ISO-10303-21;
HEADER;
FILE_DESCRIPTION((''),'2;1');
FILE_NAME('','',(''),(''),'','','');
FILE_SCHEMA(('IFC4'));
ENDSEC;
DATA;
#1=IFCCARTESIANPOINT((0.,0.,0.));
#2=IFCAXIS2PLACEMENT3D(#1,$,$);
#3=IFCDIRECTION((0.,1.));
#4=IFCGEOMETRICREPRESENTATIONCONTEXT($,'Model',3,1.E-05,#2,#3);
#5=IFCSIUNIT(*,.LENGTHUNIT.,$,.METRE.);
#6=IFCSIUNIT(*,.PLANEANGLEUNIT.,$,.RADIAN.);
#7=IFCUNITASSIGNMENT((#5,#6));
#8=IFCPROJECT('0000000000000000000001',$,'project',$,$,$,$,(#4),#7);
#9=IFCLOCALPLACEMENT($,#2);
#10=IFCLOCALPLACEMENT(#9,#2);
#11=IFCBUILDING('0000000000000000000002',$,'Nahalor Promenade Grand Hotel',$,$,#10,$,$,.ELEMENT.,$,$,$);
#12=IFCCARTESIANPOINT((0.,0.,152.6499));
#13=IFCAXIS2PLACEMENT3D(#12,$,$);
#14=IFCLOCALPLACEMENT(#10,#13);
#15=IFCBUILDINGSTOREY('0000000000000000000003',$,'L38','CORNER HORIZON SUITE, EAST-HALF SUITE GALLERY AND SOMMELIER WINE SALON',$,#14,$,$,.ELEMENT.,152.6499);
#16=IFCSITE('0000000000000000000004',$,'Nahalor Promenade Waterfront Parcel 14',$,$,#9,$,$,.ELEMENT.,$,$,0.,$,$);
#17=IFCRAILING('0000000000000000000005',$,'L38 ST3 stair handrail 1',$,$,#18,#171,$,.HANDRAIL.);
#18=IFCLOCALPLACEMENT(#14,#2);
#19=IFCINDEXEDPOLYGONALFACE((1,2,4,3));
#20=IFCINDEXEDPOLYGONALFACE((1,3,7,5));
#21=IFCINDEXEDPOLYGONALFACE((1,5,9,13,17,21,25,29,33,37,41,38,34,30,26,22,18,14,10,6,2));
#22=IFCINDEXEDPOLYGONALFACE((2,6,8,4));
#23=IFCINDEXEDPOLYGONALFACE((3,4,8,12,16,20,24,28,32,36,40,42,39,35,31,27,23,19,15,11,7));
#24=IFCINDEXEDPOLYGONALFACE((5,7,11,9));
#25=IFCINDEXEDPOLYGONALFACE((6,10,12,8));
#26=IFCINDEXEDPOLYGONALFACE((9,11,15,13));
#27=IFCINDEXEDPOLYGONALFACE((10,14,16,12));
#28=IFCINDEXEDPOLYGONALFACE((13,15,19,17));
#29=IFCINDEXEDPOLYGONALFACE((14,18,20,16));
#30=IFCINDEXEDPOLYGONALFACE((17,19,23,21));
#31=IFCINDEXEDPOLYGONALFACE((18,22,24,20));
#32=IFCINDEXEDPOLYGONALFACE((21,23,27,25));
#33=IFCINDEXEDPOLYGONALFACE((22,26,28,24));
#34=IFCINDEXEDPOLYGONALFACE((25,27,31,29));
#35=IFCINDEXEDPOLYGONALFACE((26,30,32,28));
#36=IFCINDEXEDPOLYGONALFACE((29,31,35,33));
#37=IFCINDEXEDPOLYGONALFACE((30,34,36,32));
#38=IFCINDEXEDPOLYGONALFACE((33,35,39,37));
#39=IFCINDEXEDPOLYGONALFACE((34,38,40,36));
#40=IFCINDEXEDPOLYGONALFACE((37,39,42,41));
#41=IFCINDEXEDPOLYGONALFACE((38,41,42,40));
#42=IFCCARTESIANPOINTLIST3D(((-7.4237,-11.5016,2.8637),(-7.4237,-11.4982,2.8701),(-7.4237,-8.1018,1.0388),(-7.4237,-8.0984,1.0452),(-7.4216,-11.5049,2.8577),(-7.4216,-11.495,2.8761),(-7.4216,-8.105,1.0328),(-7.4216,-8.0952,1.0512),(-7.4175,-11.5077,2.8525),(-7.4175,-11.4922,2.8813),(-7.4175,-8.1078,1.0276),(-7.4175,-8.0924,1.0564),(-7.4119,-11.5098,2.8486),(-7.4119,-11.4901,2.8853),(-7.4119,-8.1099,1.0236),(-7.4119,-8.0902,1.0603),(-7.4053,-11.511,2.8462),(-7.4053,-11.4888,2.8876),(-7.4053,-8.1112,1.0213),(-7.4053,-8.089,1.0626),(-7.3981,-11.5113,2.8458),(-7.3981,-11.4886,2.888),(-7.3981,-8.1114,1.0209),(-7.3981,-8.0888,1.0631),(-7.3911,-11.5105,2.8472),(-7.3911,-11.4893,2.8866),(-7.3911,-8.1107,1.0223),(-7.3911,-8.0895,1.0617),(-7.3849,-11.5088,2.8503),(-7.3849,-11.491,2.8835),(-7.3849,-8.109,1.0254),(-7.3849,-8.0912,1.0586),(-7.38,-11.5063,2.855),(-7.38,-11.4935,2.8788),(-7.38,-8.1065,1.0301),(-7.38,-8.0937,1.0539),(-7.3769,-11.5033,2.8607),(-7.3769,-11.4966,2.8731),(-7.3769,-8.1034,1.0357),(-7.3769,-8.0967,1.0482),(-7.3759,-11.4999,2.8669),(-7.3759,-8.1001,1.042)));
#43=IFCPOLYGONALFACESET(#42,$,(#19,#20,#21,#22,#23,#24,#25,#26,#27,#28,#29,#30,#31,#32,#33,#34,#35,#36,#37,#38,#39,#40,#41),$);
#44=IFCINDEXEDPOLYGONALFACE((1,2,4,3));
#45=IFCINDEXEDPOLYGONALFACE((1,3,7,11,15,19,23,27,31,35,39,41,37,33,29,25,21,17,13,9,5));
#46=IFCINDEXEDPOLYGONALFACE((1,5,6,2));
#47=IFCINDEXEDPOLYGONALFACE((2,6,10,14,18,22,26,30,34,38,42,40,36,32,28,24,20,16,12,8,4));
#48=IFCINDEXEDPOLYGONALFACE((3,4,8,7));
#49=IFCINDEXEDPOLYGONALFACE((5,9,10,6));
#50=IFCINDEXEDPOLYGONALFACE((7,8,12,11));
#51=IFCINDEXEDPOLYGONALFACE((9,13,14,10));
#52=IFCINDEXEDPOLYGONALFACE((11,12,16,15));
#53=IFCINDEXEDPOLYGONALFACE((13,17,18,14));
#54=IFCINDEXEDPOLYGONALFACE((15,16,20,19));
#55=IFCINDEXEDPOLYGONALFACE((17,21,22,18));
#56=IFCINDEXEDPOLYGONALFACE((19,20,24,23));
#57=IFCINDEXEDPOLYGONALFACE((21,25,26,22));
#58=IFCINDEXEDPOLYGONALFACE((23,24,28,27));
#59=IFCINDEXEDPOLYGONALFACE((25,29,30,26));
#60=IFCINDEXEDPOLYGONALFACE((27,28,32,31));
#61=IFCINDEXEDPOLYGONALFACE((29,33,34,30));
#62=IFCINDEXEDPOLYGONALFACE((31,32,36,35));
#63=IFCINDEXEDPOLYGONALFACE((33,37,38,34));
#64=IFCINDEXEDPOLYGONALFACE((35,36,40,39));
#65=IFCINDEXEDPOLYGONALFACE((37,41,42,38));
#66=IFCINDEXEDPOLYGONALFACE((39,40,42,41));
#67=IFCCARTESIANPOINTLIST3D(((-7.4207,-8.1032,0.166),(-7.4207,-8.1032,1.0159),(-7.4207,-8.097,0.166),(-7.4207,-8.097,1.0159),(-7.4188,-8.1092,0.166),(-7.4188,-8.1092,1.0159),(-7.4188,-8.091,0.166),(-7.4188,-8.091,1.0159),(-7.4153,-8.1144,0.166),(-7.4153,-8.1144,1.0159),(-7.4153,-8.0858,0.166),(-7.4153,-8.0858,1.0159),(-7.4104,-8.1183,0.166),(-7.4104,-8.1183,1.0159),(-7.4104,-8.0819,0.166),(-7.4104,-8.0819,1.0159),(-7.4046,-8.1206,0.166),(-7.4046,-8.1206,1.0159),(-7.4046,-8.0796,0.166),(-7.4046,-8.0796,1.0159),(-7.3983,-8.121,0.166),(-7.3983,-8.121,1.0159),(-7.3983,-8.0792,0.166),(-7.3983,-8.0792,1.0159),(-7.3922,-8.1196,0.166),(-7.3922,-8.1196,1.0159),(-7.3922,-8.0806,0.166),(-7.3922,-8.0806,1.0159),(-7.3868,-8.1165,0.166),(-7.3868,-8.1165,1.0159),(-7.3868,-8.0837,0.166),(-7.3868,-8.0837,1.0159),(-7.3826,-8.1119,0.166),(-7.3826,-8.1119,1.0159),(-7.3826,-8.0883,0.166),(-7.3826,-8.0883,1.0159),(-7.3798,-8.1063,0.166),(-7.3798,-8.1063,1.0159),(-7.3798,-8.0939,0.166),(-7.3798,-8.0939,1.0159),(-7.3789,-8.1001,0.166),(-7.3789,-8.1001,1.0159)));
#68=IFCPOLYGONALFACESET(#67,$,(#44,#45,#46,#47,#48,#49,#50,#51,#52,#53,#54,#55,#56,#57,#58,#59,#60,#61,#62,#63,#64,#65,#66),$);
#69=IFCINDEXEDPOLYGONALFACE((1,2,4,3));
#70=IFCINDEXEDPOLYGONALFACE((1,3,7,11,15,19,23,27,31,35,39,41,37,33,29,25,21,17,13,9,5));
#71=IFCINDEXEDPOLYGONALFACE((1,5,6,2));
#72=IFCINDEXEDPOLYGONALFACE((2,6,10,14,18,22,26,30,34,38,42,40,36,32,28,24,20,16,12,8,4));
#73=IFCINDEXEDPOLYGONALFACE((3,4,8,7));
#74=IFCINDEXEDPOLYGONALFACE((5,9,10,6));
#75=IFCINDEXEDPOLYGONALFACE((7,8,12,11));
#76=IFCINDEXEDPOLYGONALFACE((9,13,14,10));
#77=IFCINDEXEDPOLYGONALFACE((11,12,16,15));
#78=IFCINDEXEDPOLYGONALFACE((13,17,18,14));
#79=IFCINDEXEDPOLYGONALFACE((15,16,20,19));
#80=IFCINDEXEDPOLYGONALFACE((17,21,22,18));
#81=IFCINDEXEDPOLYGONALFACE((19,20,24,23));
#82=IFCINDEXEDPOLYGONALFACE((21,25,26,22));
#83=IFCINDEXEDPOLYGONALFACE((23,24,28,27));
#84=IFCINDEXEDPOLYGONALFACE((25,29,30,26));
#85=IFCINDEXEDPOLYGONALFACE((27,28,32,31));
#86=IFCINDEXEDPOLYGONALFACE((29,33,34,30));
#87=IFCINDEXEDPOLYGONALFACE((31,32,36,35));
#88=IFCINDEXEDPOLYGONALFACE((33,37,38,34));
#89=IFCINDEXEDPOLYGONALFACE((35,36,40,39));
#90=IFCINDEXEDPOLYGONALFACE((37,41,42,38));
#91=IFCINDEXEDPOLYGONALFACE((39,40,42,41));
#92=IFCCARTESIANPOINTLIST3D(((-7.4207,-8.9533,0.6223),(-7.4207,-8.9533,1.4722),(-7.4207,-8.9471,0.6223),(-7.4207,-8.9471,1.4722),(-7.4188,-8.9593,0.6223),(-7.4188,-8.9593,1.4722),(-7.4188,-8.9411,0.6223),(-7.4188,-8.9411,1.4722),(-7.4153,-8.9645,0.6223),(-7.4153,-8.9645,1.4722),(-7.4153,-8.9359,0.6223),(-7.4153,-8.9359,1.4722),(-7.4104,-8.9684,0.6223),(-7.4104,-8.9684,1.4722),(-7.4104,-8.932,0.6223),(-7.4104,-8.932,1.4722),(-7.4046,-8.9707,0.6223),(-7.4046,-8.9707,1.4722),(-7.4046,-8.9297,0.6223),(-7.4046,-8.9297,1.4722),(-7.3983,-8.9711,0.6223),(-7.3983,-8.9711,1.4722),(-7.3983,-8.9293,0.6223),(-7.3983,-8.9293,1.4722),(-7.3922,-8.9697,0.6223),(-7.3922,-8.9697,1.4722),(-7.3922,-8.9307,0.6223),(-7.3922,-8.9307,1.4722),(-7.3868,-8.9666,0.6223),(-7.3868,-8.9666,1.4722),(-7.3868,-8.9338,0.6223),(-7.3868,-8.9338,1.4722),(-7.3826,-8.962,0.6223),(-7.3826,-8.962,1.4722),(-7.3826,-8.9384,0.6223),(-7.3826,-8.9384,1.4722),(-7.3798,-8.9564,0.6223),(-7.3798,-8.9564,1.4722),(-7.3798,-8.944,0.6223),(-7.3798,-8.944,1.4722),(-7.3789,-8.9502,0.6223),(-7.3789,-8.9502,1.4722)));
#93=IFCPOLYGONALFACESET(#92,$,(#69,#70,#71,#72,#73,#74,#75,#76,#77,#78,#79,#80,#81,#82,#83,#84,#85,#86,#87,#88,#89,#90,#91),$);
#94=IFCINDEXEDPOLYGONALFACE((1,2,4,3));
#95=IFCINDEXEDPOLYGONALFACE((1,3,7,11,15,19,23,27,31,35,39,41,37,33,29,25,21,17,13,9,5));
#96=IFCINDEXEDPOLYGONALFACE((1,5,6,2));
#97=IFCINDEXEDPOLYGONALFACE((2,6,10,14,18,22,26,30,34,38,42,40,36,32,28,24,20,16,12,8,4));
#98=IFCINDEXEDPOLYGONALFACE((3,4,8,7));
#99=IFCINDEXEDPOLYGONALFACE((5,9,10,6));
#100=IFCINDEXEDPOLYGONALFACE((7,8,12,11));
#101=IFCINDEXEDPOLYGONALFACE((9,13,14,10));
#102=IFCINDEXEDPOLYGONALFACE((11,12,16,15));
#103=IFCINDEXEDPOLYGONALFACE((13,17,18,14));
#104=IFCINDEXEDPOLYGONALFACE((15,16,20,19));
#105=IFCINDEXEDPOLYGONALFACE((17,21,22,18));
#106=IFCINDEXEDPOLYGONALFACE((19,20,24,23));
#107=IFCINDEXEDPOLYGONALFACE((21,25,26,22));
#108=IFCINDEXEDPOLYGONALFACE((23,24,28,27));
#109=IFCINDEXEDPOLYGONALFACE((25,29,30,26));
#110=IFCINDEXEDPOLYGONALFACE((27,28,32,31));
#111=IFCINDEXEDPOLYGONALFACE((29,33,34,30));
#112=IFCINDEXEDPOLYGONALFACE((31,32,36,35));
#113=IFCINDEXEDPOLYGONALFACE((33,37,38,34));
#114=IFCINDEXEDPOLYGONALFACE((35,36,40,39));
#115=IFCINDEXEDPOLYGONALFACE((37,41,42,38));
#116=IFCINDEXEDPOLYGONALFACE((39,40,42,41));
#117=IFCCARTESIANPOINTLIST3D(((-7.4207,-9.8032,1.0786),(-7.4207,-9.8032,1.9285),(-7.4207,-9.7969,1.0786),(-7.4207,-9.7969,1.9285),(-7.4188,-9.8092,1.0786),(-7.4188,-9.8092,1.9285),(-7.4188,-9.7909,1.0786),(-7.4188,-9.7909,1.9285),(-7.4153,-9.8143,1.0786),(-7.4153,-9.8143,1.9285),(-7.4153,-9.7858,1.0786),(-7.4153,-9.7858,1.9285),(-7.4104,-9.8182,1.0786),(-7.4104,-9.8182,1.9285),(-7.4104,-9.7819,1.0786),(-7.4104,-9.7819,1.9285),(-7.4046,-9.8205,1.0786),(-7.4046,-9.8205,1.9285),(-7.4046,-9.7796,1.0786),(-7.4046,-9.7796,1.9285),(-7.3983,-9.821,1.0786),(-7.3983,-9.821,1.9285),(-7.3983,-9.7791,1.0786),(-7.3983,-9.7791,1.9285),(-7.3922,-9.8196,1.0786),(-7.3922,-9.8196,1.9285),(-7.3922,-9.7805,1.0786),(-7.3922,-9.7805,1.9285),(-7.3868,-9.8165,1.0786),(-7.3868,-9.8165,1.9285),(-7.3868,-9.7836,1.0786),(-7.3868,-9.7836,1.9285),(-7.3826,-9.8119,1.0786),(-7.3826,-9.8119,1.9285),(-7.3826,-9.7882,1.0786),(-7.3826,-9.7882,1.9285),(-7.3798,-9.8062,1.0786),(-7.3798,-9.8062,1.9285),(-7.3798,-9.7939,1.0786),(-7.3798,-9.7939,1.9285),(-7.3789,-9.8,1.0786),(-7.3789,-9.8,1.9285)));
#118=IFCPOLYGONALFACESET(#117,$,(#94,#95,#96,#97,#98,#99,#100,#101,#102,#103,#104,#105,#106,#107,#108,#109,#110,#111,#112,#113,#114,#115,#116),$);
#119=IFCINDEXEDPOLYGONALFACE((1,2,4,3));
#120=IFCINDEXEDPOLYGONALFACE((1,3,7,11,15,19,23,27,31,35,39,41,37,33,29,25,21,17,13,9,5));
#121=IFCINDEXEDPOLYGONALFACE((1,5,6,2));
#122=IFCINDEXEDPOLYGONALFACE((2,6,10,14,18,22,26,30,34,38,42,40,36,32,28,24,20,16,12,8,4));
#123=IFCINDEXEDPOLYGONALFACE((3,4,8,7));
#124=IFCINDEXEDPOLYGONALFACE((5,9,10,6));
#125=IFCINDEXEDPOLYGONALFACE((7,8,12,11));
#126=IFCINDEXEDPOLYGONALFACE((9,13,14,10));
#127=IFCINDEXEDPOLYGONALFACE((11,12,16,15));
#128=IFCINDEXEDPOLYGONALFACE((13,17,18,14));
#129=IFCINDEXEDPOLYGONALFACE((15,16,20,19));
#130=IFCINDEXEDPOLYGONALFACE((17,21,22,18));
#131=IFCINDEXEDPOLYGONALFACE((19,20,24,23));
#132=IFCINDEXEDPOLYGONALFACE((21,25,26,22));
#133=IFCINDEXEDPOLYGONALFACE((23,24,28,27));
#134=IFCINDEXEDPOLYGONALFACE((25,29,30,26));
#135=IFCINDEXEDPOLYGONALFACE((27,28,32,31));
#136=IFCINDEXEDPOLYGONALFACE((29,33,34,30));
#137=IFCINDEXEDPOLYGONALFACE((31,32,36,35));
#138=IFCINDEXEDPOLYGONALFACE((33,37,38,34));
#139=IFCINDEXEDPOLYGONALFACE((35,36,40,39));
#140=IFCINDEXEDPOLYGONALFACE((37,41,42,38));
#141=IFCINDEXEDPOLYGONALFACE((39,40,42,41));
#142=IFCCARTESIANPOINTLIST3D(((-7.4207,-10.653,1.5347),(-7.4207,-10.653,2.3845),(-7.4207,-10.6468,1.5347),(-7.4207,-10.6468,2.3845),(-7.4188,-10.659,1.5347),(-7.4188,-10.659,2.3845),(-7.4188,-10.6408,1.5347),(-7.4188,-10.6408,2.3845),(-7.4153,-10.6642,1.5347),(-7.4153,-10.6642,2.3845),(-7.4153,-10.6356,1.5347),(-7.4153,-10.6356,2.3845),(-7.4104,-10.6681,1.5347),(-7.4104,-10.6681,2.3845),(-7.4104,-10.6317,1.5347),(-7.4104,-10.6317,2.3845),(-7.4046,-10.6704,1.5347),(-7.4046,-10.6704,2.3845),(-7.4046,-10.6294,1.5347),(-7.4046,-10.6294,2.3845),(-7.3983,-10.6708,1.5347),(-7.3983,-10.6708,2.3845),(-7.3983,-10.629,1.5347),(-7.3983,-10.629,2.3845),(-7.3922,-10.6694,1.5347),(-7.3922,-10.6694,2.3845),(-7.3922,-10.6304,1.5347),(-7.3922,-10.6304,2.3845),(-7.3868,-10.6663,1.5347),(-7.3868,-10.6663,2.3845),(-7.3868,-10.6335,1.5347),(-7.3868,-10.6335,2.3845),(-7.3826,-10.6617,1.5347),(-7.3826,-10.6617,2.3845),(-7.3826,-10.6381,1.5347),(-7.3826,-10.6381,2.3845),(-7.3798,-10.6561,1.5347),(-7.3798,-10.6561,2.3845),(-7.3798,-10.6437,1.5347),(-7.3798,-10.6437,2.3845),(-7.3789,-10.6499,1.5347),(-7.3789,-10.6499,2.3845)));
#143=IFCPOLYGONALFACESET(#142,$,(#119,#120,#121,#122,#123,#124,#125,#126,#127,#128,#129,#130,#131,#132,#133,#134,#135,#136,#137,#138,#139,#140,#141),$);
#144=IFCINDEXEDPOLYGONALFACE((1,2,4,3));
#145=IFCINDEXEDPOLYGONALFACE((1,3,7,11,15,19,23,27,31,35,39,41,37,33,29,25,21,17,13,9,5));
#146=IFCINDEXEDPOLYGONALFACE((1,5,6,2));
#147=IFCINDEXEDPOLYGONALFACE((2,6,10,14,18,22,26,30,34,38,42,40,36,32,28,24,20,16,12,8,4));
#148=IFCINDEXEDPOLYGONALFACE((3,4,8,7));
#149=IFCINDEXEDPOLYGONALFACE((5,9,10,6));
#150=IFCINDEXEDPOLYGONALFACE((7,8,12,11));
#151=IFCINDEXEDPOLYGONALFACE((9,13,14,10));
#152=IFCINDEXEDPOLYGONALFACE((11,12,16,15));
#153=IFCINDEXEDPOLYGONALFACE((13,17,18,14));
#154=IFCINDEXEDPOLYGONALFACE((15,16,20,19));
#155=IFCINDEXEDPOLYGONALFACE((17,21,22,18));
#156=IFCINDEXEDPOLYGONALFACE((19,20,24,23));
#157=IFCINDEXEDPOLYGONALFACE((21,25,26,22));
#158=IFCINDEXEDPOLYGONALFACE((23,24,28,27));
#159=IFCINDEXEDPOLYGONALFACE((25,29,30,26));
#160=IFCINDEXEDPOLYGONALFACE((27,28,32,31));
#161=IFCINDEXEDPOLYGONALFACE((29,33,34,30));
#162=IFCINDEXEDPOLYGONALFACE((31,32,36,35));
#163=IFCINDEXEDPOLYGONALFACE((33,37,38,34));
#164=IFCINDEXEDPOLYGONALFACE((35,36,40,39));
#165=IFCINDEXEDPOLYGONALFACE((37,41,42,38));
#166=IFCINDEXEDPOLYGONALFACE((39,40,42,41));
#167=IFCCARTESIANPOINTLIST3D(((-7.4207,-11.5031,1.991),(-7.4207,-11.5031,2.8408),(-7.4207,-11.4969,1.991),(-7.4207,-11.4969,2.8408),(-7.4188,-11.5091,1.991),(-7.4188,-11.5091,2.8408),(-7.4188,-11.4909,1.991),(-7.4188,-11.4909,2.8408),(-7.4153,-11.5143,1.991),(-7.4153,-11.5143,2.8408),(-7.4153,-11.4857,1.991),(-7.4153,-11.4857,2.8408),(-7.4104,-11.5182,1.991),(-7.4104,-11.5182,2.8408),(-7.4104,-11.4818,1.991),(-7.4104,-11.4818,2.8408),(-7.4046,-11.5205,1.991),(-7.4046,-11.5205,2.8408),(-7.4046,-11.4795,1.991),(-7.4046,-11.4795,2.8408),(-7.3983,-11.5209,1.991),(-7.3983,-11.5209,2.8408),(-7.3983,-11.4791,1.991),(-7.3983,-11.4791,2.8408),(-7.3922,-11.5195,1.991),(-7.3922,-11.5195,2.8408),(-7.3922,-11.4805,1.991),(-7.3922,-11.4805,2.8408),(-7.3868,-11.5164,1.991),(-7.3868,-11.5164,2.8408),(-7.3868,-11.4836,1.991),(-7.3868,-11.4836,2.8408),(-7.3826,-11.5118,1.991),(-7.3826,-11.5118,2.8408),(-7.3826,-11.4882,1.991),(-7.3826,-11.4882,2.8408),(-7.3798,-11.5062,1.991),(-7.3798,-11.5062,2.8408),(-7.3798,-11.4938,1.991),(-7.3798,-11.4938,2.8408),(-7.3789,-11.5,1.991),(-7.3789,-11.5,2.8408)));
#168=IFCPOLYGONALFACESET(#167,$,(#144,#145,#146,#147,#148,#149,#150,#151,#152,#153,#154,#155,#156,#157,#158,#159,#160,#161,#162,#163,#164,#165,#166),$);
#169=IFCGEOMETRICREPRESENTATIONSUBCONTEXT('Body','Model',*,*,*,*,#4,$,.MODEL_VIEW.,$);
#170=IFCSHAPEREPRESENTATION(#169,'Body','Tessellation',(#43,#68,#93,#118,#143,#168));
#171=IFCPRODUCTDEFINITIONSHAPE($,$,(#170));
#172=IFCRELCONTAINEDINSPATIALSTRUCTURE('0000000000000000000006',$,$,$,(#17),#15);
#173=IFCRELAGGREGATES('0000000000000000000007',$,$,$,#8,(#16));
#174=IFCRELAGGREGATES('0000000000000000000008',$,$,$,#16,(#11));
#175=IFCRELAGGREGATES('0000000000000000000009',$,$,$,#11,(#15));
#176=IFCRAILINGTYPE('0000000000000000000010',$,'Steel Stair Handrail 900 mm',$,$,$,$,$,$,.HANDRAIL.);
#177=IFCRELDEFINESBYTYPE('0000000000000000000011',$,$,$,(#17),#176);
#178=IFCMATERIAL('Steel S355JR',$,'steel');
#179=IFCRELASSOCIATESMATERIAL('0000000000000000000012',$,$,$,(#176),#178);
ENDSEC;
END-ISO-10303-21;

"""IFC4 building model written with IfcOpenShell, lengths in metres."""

from ifc_helpers import new_model, si_unit, direction, frame, origin, origin_2d, place, context, subcontext, project, spatial, circle, extrude, material, type_object, element, save


model = new_model("IFC4")

# Units and contexts
model_context = context("Model", 3, precision=1e-05, world=origin(), true_north=direction((0.0, 1.0)))
body_context = subcontext(model_context, "Body", "Model", "MODEL_VIEW")
ifc_project = project(units=[si_unit("LENGTHUNIT", "METRE"), si_unit("PLANEANGLEUNIT", "RADIAN")], contexts=[model_context])

# Site, building, storey
site_placement = place(None, origin())
site = spatial("IfcSite", under=ifc_project, at=site_placement, Name="Nahalor Promenade Waterfront Parcel 14", CompositionType="ELEMENT", RefElevation=0.0)
building_placement = place(site_placement, origin())
building = spatial("IfcBuilding", under=site, at=building_placement, Name="Nahalor Promenade Grand Hotel", CompositionType="ELEMENT")
storey_placement = place(building_placement, frame((0.0, 0.0, 152.6499)))
storey = spatial("IfcBuildingStorey", under=building, at=storey_placement, Name="L38", Description="CORNER HORIZON SUITE, EAST-HALF SUITE GALLERY AND SOMMELIER WINE SALON", CompositionType="ELEMENT", Elevation=152.6499)

# Shared definitions
ifc_material_1 = material(Name="Steel S355JR", Category="steel")

# Railing
railing_type_1 = type_object("IfcRailingType", Name="Steel Stair Handrail 900 mm", PredefinedType="HANDRAIL", material=ifc_material_1)
railing_1_placement = place(storey_placement, frame((-7.3999, -8.1001, 0.166)))
element("IfcRailing", 1, at=railing_1_placement, inside=storey, type_object=railing_type_1, Name="L38 ST3 stair handrail 1", PredefinedType="HANDRAIL", context=body_context, shape_type="SweptSolid", body=[
    extrude(circle(Radius=0.024, at=origin_2d()), frame((0.0, 0.0, 0.876), z_axis=(0.0, -0.881094, 0.472941), x_axis=(1.0, 0.0, 0.0)), (0.0, 0.0, 1.0), 3.8586),
    extrude(circle(Radius=0.021, at=origin_2d()), origin(), (0.0, 0.0, 1.0), 0.8499),
    extrude(circle(Radius=0.021, at=origin_2d()), frame((0.0, -0.8501, 0.4563)), (0.0, 0.0, 1.0), 0.8499),
    extrude(circle(Radius=0.021, at=origin_2d()), frame((0.0, -1.7, 0.9126)), (0.0, 0.0, 1.0), 0.8499),
    extrude(circle(Radius=0.021, at=origin_2d()), frame((0.0, -2.5498, 1.3687)), (0.0, 0.0, 1.0), 0.8499),
    extrude(circle(Radius=0.021, at=origin_2d()), frame((0.0, -3.3999, 1.825)), (0.0, 0.0, 1.0), 0.8499),
])

save(model, "model.ifc")
